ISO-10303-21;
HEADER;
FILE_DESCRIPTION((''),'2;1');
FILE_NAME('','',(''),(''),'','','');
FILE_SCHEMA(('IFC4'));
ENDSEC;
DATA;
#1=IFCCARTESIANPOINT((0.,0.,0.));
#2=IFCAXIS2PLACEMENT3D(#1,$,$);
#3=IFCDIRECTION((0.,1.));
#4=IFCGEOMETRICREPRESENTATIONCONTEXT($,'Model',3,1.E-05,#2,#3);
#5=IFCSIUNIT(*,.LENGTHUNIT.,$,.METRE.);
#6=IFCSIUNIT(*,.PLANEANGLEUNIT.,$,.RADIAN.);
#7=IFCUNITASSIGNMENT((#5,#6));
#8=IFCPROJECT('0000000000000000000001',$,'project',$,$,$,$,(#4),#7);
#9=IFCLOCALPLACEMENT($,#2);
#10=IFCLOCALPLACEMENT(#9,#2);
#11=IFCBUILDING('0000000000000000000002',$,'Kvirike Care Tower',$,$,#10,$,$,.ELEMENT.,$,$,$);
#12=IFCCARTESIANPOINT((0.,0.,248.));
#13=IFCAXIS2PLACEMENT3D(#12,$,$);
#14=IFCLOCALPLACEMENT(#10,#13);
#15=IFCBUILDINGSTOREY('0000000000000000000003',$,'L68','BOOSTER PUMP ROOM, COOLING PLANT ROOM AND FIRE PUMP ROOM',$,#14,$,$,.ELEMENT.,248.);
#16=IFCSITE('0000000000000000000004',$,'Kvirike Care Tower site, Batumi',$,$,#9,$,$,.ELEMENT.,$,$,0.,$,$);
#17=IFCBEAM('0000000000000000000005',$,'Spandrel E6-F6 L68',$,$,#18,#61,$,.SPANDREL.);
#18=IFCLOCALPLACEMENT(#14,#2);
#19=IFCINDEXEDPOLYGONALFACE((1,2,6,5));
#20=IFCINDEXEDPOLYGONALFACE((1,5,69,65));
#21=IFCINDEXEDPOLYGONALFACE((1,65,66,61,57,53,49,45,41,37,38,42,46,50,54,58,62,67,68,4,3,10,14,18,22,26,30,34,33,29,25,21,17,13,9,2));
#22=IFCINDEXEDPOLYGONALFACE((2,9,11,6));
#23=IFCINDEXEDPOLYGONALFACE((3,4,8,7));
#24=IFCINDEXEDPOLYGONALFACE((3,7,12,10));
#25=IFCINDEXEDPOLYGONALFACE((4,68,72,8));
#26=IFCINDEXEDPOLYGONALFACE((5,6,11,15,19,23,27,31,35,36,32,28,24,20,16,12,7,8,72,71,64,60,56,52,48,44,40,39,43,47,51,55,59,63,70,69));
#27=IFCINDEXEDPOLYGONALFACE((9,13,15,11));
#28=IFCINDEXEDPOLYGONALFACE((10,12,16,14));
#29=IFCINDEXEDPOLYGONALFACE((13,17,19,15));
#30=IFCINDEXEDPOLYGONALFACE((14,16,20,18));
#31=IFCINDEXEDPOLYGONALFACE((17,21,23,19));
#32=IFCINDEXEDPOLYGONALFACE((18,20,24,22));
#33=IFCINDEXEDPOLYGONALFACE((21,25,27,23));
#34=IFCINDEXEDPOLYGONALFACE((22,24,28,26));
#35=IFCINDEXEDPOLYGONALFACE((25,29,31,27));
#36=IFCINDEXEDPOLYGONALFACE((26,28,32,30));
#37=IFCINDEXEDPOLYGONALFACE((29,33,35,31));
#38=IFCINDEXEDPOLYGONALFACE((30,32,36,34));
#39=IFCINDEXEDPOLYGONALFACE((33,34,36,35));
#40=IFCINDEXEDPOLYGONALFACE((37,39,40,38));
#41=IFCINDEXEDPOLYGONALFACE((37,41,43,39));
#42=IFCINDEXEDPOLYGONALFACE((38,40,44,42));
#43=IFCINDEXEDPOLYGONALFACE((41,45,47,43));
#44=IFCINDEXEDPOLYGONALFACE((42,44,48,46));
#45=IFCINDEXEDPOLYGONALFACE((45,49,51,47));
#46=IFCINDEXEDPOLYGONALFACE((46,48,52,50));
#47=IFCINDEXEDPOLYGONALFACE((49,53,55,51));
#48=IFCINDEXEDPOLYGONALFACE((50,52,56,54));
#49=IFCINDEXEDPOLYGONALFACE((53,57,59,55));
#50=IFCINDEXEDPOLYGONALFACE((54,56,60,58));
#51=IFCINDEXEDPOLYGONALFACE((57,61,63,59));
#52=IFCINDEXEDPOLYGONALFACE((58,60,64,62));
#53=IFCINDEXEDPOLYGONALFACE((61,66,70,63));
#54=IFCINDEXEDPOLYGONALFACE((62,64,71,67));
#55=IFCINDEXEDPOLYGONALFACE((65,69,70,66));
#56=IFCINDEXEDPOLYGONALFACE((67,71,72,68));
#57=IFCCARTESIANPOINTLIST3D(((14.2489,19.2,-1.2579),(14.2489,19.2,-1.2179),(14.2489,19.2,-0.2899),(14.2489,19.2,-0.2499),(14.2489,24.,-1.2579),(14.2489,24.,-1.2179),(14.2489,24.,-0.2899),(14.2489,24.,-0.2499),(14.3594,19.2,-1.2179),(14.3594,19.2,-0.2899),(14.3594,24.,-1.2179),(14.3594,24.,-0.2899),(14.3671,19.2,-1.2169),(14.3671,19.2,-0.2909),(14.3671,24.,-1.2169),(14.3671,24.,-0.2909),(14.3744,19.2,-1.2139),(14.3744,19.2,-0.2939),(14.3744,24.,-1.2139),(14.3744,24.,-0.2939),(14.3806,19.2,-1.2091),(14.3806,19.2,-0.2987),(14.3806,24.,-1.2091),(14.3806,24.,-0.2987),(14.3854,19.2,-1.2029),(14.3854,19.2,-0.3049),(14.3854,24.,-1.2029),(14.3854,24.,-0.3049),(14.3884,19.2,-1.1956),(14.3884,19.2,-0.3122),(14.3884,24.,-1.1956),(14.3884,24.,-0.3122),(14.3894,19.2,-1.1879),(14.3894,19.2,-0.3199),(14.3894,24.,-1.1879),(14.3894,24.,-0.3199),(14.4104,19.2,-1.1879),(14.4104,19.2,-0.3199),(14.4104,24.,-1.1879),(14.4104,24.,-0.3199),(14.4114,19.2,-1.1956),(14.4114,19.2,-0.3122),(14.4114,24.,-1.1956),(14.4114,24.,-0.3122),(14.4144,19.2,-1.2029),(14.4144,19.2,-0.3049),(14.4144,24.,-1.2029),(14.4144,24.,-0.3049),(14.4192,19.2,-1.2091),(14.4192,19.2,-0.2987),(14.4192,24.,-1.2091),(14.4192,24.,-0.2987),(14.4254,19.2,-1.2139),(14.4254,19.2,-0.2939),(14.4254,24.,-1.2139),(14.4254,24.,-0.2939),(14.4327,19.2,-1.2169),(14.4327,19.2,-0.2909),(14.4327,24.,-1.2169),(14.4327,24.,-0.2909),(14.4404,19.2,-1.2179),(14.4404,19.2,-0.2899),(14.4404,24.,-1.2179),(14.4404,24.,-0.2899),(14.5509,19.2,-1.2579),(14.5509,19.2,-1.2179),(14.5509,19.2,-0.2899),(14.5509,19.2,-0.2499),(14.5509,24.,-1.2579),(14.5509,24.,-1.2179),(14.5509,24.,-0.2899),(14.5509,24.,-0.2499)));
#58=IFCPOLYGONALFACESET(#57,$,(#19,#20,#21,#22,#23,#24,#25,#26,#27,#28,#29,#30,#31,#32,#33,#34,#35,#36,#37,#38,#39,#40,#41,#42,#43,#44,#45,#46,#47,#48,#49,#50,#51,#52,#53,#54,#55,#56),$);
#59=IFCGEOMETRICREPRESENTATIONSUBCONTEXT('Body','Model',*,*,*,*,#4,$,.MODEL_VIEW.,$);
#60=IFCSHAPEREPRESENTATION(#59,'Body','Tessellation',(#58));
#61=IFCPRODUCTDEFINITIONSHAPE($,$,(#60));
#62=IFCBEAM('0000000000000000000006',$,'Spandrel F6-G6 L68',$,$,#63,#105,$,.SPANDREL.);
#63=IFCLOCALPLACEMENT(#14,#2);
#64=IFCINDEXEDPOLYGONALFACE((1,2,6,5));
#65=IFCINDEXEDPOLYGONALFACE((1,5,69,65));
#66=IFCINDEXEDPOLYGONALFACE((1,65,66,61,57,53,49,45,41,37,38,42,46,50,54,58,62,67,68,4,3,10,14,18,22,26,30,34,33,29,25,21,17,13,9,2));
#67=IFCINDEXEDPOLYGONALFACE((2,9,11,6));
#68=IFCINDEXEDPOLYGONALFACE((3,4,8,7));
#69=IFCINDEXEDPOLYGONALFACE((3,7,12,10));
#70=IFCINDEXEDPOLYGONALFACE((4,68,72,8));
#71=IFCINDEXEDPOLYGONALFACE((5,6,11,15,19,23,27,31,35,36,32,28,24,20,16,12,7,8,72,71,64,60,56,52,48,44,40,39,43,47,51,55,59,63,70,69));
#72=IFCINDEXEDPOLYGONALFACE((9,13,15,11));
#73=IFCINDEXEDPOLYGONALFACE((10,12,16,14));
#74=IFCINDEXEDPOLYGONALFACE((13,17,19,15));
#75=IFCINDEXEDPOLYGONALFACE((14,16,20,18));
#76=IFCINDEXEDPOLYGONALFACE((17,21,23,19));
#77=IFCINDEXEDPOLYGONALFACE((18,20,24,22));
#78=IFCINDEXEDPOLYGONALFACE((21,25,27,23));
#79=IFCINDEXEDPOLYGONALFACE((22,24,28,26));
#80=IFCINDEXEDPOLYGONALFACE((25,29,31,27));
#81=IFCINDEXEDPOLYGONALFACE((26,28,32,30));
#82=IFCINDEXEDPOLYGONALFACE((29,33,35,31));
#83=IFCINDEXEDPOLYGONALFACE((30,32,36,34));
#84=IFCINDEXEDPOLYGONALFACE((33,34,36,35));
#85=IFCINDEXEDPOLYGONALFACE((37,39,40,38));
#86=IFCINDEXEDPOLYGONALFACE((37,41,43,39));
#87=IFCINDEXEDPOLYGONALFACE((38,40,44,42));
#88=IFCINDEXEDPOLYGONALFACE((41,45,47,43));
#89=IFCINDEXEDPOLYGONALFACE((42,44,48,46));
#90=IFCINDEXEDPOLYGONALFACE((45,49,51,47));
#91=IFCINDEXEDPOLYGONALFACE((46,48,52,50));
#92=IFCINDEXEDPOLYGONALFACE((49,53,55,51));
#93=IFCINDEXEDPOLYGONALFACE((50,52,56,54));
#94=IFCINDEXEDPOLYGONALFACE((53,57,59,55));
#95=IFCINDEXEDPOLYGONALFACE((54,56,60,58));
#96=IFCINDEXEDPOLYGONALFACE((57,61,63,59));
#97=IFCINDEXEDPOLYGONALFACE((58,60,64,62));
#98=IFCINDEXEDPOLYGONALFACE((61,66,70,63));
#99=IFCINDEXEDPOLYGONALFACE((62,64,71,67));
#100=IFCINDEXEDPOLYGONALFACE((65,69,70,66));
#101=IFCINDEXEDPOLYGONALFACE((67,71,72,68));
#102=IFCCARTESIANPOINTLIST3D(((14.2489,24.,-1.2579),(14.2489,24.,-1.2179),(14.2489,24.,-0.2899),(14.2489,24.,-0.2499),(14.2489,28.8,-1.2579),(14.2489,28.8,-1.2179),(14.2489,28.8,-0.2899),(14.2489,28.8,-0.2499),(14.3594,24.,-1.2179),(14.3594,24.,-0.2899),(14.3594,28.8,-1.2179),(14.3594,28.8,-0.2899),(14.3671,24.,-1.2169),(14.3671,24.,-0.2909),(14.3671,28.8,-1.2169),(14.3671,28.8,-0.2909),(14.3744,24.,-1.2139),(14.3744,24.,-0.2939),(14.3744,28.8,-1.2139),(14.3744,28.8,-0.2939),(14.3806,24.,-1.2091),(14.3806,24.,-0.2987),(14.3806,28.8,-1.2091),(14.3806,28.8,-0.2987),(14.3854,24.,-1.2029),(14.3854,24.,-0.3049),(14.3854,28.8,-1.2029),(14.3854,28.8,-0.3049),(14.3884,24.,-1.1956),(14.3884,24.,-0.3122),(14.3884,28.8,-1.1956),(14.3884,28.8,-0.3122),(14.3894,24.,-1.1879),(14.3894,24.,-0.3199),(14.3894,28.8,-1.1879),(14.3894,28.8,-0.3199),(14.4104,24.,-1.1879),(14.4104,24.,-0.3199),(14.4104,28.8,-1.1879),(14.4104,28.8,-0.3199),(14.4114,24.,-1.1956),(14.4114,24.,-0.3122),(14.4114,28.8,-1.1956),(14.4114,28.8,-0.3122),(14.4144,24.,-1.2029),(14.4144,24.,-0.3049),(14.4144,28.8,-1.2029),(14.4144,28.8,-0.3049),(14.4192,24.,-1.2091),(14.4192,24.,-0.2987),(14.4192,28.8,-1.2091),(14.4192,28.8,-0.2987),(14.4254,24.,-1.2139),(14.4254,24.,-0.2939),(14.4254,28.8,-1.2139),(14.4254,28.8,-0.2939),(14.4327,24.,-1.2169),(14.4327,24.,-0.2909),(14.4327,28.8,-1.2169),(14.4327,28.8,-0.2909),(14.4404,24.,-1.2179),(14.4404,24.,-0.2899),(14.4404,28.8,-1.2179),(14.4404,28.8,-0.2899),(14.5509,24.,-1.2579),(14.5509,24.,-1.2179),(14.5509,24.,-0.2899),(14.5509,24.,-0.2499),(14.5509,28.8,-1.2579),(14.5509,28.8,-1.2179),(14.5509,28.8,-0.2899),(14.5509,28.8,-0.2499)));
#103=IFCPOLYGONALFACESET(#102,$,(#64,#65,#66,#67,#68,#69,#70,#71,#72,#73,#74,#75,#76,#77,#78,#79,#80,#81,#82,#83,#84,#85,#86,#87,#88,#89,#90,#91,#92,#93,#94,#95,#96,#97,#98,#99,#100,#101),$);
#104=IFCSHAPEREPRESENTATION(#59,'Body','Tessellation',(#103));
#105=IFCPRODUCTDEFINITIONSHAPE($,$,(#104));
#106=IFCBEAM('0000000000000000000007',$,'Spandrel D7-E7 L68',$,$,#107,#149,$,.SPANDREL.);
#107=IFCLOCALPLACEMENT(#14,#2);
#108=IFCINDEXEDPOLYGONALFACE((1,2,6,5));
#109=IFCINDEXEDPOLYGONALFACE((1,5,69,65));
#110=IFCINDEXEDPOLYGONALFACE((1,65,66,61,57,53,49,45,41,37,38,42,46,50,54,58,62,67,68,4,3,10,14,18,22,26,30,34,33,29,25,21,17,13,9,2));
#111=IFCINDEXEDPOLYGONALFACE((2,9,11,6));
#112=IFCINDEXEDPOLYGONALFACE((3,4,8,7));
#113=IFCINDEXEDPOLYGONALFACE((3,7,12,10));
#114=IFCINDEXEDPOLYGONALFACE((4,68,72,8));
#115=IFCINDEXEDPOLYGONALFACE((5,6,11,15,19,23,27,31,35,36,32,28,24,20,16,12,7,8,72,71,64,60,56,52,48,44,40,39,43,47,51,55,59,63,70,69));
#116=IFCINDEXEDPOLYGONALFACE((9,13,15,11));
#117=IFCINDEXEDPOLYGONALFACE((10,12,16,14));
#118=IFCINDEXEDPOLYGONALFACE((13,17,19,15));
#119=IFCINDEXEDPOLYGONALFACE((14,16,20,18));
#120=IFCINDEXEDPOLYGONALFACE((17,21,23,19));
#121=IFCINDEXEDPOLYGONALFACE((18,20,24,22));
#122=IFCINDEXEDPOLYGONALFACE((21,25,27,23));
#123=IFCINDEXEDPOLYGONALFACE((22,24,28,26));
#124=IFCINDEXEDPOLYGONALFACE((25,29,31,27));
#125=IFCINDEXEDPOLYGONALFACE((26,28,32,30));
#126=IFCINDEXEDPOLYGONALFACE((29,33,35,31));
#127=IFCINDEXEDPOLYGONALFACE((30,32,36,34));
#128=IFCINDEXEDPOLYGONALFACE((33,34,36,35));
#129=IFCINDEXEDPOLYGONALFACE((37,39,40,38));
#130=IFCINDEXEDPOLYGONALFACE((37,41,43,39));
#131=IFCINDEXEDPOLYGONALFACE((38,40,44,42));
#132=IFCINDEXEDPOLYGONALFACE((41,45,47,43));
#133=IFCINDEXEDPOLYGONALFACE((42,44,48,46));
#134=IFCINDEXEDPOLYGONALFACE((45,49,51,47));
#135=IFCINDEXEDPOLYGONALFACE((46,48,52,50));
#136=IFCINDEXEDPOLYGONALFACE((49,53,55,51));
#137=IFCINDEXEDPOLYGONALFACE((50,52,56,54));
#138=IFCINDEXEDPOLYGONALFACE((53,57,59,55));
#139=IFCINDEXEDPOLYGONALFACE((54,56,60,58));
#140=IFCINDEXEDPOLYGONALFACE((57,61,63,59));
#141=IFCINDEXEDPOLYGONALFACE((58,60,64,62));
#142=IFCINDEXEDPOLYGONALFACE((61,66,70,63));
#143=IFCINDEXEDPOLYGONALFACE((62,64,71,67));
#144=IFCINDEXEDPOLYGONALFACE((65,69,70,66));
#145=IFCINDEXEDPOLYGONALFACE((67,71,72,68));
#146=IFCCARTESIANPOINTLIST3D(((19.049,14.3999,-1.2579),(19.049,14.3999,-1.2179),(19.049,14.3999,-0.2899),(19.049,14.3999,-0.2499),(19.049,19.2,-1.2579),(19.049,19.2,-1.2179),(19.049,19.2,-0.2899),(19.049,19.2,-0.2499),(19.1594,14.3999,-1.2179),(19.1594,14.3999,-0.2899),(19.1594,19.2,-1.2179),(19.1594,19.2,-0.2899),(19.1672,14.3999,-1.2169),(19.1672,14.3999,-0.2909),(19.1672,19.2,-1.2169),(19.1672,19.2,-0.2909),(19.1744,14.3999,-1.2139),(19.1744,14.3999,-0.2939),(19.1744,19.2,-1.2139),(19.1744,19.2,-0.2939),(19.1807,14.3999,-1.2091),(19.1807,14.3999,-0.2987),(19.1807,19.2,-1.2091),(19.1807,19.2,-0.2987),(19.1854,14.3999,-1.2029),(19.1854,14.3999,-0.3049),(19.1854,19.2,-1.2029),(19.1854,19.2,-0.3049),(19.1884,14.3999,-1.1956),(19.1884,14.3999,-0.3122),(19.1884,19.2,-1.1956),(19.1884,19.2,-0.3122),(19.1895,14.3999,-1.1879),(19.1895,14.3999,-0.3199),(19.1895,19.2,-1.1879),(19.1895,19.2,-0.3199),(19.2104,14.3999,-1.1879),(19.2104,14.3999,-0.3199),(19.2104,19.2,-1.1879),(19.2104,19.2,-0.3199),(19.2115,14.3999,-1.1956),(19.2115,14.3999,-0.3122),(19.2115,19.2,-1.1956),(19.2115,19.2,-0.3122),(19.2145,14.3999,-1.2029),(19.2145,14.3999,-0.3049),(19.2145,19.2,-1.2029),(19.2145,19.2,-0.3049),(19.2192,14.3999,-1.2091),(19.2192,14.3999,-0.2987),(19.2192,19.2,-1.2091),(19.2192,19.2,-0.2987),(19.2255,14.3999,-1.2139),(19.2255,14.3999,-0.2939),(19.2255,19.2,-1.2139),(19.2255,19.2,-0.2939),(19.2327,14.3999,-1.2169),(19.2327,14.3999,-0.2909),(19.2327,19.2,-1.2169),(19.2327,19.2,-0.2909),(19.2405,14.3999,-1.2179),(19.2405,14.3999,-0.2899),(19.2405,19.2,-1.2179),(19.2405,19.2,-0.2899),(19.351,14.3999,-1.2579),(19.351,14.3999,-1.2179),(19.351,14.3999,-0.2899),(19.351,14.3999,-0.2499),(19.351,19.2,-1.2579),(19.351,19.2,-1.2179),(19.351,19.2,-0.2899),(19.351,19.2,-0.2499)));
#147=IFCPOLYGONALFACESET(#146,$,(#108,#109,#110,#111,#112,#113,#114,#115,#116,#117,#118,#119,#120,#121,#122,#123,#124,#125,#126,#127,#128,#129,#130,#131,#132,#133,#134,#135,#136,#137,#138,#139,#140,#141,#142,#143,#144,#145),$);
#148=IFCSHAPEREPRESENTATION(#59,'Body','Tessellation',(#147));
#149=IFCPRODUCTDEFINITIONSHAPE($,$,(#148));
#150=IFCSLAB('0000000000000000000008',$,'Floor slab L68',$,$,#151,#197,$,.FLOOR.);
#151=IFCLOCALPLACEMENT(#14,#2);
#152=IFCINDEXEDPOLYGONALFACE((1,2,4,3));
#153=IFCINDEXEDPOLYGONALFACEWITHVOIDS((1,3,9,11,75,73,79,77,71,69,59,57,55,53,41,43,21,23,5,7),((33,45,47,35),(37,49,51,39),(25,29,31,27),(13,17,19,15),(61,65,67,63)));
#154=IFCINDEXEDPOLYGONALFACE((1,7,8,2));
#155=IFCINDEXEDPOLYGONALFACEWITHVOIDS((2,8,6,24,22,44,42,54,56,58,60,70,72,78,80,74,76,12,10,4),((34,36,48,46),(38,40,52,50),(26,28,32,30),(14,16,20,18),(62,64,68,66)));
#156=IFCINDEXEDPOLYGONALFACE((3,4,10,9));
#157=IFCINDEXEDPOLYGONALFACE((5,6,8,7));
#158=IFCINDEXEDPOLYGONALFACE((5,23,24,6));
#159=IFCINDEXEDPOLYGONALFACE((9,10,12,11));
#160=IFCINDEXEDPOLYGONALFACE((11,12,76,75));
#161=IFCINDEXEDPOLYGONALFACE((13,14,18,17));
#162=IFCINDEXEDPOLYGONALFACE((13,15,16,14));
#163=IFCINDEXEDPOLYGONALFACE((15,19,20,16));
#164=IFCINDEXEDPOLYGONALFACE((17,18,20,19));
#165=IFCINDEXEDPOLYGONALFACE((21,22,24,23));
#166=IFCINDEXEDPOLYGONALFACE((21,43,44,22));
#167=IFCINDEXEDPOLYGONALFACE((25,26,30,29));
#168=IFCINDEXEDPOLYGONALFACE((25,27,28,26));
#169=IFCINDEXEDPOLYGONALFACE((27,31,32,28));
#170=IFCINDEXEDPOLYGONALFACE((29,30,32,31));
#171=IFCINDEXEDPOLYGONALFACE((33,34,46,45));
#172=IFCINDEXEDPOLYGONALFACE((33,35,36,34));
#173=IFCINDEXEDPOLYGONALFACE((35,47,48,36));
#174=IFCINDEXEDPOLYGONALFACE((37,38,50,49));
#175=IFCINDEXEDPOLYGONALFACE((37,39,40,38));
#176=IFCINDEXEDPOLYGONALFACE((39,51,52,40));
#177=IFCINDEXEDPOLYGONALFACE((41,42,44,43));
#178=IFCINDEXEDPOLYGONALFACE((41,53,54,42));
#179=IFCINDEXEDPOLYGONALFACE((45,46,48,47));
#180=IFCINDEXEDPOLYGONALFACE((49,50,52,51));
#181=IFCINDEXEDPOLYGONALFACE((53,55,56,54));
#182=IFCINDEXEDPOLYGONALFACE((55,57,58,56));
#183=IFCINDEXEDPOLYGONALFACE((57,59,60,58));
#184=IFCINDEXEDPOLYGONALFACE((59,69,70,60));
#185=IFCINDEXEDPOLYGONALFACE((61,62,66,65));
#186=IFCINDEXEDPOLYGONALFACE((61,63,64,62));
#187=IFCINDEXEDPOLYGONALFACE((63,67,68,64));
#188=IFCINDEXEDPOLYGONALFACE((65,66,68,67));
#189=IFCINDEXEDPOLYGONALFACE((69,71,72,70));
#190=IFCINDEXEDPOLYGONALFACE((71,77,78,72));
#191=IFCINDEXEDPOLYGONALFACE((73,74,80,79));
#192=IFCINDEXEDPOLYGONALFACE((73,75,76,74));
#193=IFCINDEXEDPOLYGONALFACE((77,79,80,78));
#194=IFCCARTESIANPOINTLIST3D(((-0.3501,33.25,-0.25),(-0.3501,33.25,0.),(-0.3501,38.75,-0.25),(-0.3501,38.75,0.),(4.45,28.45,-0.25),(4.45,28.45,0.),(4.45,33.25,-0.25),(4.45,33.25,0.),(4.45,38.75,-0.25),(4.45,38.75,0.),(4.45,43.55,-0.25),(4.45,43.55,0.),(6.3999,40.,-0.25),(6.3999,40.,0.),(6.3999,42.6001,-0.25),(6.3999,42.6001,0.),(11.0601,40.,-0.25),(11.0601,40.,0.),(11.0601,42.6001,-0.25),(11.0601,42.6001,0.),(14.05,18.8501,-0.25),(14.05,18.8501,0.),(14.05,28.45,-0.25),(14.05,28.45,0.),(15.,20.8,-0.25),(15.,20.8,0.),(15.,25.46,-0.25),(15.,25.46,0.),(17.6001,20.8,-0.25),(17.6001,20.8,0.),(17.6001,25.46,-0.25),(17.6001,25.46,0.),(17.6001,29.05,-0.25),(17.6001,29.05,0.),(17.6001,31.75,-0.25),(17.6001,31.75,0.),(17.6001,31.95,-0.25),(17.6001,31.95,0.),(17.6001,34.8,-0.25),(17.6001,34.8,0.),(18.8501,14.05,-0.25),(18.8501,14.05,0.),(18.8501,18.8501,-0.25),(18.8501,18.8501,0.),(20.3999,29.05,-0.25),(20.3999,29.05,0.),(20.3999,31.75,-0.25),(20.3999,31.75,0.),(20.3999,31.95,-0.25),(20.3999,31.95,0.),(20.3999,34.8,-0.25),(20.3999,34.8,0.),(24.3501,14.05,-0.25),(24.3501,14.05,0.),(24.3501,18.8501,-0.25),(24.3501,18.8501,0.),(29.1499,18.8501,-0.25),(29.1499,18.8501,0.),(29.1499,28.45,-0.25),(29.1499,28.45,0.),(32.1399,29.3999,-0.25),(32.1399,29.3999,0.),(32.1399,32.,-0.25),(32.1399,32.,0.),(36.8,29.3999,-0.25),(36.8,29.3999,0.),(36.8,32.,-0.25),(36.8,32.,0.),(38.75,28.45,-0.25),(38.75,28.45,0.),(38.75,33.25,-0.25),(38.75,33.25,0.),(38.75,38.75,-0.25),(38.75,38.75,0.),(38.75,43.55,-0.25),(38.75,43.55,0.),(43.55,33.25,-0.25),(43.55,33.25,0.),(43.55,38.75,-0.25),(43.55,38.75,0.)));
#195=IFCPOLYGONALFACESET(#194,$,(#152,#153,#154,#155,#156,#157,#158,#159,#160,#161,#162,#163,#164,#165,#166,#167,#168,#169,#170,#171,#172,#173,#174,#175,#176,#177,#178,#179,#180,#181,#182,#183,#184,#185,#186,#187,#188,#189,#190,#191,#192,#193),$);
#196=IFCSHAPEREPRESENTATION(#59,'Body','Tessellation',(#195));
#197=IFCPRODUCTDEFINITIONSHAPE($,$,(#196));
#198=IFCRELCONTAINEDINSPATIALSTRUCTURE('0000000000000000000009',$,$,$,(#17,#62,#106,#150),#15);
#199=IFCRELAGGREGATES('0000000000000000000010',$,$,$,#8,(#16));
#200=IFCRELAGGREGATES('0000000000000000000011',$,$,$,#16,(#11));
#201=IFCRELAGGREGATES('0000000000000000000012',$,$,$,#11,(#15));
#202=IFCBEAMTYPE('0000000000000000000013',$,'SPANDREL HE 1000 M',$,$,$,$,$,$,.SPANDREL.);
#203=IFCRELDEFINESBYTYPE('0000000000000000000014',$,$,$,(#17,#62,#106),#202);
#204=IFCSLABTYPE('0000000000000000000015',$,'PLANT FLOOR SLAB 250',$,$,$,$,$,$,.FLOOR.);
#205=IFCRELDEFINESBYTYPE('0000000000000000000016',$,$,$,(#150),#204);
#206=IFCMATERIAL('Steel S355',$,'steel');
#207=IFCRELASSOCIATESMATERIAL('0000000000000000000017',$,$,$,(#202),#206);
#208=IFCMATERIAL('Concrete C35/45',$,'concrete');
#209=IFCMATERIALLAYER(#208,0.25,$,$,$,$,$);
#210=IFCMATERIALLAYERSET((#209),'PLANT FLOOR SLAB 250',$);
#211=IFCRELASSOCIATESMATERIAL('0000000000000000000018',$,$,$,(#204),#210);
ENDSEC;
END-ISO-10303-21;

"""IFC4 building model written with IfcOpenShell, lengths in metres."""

from ifc_helpers import new_model, si_unit, direction, frame, origin, origin_2d, place, context, subcontext, project, spatial, polyline, i_section, outline, extrude, material, layer, layer_set, material_profile, profile_set, type_object, element, save


model = new_model("IFC4")

# Units and contexts
model_context = context("Model", 3, precision=1e-05, world=origin(), true_north=direction((0.0, 1.0)))
body_context = subcontext(model_context, "Body", "Model", "MODEL_VIEW")
ifc_project = project(units=[si_unit("LENGTHUNIT", "METRE"), si_unit("PLANEANGLEUNIT", "RADIAN")], contexts=[model_context])

# Site, building, storey
site_placement = place(None, origin())
site = spatial("IfcSite", under=ifc_project, at=site_placement, Name="Kvirike Care Tower site, Batumi", CompositionType="ELEMENT", RefElevation=0.0)
building_placement = place(site_placement, origin())
building = spatial("IfcBuilding", under=site, at=building_placement, Name="Kvirike Care Tower", CompositionType="ELEMENT")
storey_placement = place(building_placement, frame((0.0, 0.0, 248.0)))
storey = spatial("IfcBuildingStorey", under=building, at=storey_placement, Name="L68", Description="BOOSTER PUMP ROOM, COOLING PLANT ROOM AND FIRE PUMP ROOM", CompositionType="ELEMENT", Elevation=248.0)

# Beams
ifc_material_1 = material(Name="Steel S355", Category="steel")
ifc_material_profile_1 = material_profile(ifc_material_1, i_section(OverallWidth=0.302, OverallDepth=1.0081, WebThickness=0.021, FlangeThickness=0.04, FilletRadius=0.03, at=origin_2d()), Name="HE 1000 M")
ifc_profile_set_1 = profile_set([ifc_material_profile_1], Name="Steel S355")
beam_type_1 = type_object("IfcBeamType", Name="SPANDREL HE 1000 M", PredefinedType="SPANDREL", material=ifc_profile_set_1)
for number, where, z_axis, x_axis, name in (
    (1, (14.3999, 19.2, -0.7539), (0.0, 1.0, 0.0), (-1.0, 0.0, 0.0), "Spandrel E6-F6 L68"),
    (2, (14.3999, 24.0, -0.7539), (0.0, 1.0, 0.0), (-1.0, 0.0, 0.0), "Spandrel F6-G6 L68"),
    (3, (19.2, 14.3999, -0.7539), (0.0, 1.0, 0.0), (-1.0, 0.0, 0.0), "Spandrel D7-E7 L68"),
):
    element("IfcBeam", number, at=place(storey_placement, frame(where, z_axis=z_axis, x_axis=x_axis)), inside=storey, type_object=beam_type_1, Name=name, PredefinedType="SPANDREL", context=body_context, shape_type="SweptSolid", body=[
        extrude(i_section(OverallWidth=0.302, OverallDepth=1.0081, WebThickness=0.021, FlangeThickness=0.04, FilletRadius=0.03, at=origin_2d()), origin(), (0.0, 0.0, 1.0), 4.8),
    ])

# Slab
ifc_material_2 = material(Name="Concrete C35/45", Category="concrete")
ifc_layer_1 = layer(ifc_material_2, 0.25)
ifc_layer_set_1 = layer_set([ifc_layer_1], Name="PLANT FLOOR SLAB 250")
slab_type = type_object("IfcSlabType", Name="PLANT FLOOR SLAB 250", PredefinedType="FLOOR", material=ifc_layer_set_1)
slab_placement = place(storey_placement, frame((0.0, 0.0, -0.25)))
element("IfcSlab", 4, at=slab_placement, inside=storey, type_object=slab_type, Name="Floor slab L68", PredefinedType="FLOOR", context=body_context, shape_type="SweptSolid", body=[
    extrude(outline(polyline([(29.1499, 28.45), (38.75, 28.45), (38.75, 33.25), (43.55, 33.25), (43.55, 38.75), (38.75, 38.75), (38.75, 43.55), (4.45, 43.55), (4.45, 38.75), (-0.3501, 38.75), (-0.3501, 33.25), (4.45, 33.25), (4.45, 28.45), (14.05, 28.45), (14.05, 18.8501), (18.8501, 18.8501), (18.8501, 14.05), (24.3501, 14.05), (24.3501, 18.8501), (29.1499, 18.8501), (29.1499, 28.45)]), holes=[polyline([(17.6001, 29.05), (17.6001, 31.75), (20.3999, 31.75), (20.3999, 29.05), (17.6001, 29.05)]), polyline([(17.6001, 31.95), (17.6001, 34.8), (20.3999, 34.8), (20.3999, 31.95), (17.6001, 31.95)]), polyline([(11.0601, 42.6001), (11.0601, 40.0), (6.3999, 40.0), (6.3999, 42.6001), (11.0601, 42.6001)]), polyline([(32.1399, 29.3999), (32.1399, 32.0), (36.8, 32.0), (36.8, 29.3999), (32.1399, 29.3999)]), polyline([(15.0, 25.46), (17.6001, 25.46), (17.6001, 20.8), (15.0, 20.8), (15.0, 25.46)])]), origin(), (0.0, 0.0, 1.0), 0.25),
])

save(model, "model.ifc")
